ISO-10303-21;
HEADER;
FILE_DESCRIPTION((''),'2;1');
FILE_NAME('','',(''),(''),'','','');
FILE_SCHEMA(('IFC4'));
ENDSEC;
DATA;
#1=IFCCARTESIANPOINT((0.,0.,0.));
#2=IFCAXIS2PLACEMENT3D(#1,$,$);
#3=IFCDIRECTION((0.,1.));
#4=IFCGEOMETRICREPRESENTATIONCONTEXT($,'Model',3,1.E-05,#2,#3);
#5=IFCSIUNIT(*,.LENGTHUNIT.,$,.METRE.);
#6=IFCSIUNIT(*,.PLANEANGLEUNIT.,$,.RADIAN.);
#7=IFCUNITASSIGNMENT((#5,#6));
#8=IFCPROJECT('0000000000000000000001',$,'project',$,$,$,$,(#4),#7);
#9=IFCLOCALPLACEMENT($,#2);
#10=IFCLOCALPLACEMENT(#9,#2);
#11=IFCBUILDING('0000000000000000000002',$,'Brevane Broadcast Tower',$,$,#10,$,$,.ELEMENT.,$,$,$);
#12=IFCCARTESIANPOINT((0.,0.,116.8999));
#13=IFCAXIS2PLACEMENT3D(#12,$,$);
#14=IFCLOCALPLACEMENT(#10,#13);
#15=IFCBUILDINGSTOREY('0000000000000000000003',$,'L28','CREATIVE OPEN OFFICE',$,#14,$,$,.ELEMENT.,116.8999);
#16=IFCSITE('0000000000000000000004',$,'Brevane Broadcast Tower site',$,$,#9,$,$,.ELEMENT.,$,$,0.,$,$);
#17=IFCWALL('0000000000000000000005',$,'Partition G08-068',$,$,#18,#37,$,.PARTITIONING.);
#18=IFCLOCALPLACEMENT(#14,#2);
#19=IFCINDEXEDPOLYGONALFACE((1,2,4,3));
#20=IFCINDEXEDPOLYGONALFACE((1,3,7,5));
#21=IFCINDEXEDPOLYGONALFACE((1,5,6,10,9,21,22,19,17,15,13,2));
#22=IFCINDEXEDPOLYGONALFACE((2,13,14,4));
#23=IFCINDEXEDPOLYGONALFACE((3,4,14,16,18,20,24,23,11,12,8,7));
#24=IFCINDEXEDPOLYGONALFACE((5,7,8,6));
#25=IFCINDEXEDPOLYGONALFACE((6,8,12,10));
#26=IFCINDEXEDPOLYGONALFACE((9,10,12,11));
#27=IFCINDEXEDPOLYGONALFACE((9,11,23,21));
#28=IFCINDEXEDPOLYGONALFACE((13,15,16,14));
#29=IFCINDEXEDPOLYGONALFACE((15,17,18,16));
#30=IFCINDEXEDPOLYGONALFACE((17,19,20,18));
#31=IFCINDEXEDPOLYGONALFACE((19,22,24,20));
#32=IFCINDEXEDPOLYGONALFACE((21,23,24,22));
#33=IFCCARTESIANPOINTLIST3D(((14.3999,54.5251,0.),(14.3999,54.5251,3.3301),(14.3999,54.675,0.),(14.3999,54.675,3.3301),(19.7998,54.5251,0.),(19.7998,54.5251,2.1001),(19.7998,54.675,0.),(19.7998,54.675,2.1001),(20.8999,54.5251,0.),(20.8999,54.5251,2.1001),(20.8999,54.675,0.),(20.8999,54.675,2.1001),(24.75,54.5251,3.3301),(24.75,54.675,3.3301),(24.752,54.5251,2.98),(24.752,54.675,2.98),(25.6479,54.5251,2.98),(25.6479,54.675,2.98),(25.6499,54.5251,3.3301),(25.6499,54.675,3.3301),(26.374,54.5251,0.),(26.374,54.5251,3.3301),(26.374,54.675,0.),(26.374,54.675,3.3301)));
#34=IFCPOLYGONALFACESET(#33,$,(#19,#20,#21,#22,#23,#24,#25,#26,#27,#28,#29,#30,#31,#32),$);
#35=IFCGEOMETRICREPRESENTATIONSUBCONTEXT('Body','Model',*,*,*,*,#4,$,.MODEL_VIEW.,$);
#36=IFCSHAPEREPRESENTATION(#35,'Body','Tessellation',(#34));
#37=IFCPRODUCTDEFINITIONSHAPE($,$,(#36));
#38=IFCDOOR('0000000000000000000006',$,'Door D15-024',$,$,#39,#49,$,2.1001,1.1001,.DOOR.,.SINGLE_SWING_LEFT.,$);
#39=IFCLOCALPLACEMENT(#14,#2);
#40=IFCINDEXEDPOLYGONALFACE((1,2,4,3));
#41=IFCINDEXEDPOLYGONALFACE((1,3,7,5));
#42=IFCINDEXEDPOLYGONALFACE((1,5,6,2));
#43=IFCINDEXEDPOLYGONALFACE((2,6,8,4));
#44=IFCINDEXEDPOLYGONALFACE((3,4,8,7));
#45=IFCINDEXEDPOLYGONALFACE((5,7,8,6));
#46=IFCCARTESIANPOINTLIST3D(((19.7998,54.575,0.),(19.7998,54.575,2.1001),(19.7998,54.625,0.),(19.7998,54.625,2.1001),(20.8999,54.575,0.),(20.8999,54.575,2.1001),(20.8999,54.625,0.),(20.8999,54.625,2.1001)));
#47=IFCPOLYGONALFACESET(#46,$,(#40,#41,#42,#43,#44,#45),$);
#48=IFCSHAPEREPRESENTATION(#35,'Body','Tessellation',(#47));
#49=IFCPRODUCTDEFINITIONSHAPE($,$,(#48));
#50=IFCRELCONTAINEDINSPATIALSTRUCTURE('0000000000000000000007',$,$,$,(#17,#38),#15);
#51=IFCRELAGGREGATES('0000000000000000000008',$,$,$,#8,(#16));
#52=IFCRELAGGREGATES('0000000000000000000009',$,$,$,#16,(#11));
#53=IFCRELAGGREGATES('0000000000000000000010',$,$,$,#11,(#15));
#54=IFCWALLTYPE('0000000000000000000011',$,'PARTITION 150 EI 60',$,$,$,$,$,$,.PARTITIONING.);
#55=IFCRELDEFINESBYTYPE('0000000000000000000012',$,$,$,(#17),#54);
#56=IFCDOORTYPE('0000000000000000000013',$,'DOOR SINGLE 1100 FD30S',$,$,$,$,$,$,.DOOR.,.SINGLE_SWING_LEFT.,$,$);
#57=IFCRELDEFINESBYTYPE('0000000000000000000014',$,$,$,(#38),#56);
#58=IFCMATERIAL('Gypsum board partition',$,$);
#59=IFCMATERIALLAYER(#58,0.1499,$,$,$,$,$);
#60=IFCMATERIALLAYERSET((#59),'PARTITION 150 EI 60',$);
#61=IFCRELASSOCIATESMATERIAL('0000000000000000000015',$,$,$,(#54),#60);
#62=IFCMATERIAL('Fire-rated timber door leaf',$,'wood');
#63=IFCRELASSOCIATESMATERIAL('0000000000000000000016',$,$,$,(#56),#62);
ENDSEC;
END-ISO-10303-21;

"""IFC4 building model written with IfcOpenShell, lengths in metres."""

from ifc_helpers import new_model, si_unit, direction, frame, frame_2d, origin, place, context, subcontext, project, spatial, polyline, rectangle, outline, extrude, material, layer, layer_set, type_object, element, fill, save


model = new_model("IFC4")

# Units and contexts
model_context = context("Model", 3, precision=1e-05, world=origin(), true_north=direction((0.0, 1.0)))
body_context = subcontext(model_context, "Body", "Model", "MODEL_VIEW")
ifc_project = project(units=[si_unit("LENGTHUNIT", "METRE"), si_unit("PLANEANGLEUNIT", "RADIAN")], contexts=[model_context])

# Site, building, storey
site_placement = place(None, origin())
site = spatial("IfcSite", under=ifc_project, at=site_placement, Name="Brevane Broadcast Tower site", CompositionType="ELEMENT", RefElevation=0.0)
building_placement = place(site_placement, origin())
building = spatial("IfcBuilding", under=site, at=building_placement, Name="Brevane Broadcast Tower", CompositionType="ELEMENT")
storey_placement = place(building_placement, frame((0.0, 0.0, 116.8999)))
storey = spatial("IfcBuildingStorey", under=building, at=storey_placement, Name="L28", Description="CREATIVE OPEN OFFICE", CompositionType="ELEMENT", Elevation=116.8999)

# Shared definitions
ifc_material_1 = material(Name="Gypsum board partition")

# Shared definitions
ifc_layer_1 = layer(ifc_material_1, 0.1499)
ifc_layer_set_1 = layer_set([ifc_layer_1], Name="PARTITION 150 EI 60")
wall_type_1 = type_object("IfcWallType", Name="PARTITION 150 EI 60", PredefinedType="PARTITIONING", material=ifc_layer_set_1)
ifc_material_2 = material(Name="Fire-rated timber door leaf", Category="wood")

# Wall, opening, door
door_type_1 = type_object("IfcDoorType", Name="DOOR SINGLE 1100 FD30S", OperationType="SINGLE_SWING_LEFT", PredefinedType="DOOR", material=ifc_material_2)
wall_1_placement = place(storey_placement, frame((14.3999, 54.6001, 0.0), z_axis=(0.0, 0.0, 1.0), x_axis=(1.0, 0.0, 0.0)))
wall_1 = element("IfcWall", 1, at=wall_1_placement, inside=storey, type_object=wall_type_1, Name="Partition G08-068", PredefinedType="PARTITIONING", context=body_context, shape_type="SweptSolid", body=[
    extrude(outline(polyline([(0.0, 0.0), (11.9741, 0.0), (11.9741, 3.3301), (11.8999, 3.3301), (11.25, 3.3301), (11.248, 2.98), (10.3521, 2.98), (10.3501, 3.3301), (0.0, 3.3301), (0.0, 0.0)])), frame((0.0, 0.075, 0.0), z_axis=(0.0, -1.0, 0.0), x_axis=(1.0, 0.0, 0.0)), (0.0, 0.0, 1.0), 0.1499),
])
opening_1_placement = place(wall_1_placement, frame((5.3999, 0.0, 0.0)))
opening_1 = element("IfcOpeningElement", 2, at=opening_1_placement, cuts=wall_1, PredefinedType="OPENING", context=body_context, shape_type="SweptSolid", body=[
    extrude(rectangle(XDim=1.1001, YDim=2.1001, at=frame_2d((0.55, 1.05))), frame((0.0, 0.085, 0.0), z_axis=(0.0, -1.0, 0.0), x_axis=(1.0, 0.0, 0.0)), (0.0, 0.0, 1.0), 0.1699),
])
door_1_placement = place(opening_1_placement, origin())
door_1 = element("IfcDoor", 3, at=door_1_placement, inside=storey, type_object=door_type_1, Name="Door D15-024", OperationType="SINGLE_SWING_LEFT", OverallHeight=2.1001, OverallWidth=1.1001, PredefinedType="DOOR", context=body_context, shape_type="SweptSolid", body=[
    extrude(rectangle(XDim=1.1001, YDim=2.1001, at=frame_2d((0.55, 1.05))), frame((0.0, 0.0249, 0.0), z_axis=(0.0, -1.0, 0.0), x_axis=(1.0, 0.0, 0.0)), (0.0, 0.0, 1.0), 0.05),
])
fill(opening_1, door_1)

save(model, "model.ifc")
